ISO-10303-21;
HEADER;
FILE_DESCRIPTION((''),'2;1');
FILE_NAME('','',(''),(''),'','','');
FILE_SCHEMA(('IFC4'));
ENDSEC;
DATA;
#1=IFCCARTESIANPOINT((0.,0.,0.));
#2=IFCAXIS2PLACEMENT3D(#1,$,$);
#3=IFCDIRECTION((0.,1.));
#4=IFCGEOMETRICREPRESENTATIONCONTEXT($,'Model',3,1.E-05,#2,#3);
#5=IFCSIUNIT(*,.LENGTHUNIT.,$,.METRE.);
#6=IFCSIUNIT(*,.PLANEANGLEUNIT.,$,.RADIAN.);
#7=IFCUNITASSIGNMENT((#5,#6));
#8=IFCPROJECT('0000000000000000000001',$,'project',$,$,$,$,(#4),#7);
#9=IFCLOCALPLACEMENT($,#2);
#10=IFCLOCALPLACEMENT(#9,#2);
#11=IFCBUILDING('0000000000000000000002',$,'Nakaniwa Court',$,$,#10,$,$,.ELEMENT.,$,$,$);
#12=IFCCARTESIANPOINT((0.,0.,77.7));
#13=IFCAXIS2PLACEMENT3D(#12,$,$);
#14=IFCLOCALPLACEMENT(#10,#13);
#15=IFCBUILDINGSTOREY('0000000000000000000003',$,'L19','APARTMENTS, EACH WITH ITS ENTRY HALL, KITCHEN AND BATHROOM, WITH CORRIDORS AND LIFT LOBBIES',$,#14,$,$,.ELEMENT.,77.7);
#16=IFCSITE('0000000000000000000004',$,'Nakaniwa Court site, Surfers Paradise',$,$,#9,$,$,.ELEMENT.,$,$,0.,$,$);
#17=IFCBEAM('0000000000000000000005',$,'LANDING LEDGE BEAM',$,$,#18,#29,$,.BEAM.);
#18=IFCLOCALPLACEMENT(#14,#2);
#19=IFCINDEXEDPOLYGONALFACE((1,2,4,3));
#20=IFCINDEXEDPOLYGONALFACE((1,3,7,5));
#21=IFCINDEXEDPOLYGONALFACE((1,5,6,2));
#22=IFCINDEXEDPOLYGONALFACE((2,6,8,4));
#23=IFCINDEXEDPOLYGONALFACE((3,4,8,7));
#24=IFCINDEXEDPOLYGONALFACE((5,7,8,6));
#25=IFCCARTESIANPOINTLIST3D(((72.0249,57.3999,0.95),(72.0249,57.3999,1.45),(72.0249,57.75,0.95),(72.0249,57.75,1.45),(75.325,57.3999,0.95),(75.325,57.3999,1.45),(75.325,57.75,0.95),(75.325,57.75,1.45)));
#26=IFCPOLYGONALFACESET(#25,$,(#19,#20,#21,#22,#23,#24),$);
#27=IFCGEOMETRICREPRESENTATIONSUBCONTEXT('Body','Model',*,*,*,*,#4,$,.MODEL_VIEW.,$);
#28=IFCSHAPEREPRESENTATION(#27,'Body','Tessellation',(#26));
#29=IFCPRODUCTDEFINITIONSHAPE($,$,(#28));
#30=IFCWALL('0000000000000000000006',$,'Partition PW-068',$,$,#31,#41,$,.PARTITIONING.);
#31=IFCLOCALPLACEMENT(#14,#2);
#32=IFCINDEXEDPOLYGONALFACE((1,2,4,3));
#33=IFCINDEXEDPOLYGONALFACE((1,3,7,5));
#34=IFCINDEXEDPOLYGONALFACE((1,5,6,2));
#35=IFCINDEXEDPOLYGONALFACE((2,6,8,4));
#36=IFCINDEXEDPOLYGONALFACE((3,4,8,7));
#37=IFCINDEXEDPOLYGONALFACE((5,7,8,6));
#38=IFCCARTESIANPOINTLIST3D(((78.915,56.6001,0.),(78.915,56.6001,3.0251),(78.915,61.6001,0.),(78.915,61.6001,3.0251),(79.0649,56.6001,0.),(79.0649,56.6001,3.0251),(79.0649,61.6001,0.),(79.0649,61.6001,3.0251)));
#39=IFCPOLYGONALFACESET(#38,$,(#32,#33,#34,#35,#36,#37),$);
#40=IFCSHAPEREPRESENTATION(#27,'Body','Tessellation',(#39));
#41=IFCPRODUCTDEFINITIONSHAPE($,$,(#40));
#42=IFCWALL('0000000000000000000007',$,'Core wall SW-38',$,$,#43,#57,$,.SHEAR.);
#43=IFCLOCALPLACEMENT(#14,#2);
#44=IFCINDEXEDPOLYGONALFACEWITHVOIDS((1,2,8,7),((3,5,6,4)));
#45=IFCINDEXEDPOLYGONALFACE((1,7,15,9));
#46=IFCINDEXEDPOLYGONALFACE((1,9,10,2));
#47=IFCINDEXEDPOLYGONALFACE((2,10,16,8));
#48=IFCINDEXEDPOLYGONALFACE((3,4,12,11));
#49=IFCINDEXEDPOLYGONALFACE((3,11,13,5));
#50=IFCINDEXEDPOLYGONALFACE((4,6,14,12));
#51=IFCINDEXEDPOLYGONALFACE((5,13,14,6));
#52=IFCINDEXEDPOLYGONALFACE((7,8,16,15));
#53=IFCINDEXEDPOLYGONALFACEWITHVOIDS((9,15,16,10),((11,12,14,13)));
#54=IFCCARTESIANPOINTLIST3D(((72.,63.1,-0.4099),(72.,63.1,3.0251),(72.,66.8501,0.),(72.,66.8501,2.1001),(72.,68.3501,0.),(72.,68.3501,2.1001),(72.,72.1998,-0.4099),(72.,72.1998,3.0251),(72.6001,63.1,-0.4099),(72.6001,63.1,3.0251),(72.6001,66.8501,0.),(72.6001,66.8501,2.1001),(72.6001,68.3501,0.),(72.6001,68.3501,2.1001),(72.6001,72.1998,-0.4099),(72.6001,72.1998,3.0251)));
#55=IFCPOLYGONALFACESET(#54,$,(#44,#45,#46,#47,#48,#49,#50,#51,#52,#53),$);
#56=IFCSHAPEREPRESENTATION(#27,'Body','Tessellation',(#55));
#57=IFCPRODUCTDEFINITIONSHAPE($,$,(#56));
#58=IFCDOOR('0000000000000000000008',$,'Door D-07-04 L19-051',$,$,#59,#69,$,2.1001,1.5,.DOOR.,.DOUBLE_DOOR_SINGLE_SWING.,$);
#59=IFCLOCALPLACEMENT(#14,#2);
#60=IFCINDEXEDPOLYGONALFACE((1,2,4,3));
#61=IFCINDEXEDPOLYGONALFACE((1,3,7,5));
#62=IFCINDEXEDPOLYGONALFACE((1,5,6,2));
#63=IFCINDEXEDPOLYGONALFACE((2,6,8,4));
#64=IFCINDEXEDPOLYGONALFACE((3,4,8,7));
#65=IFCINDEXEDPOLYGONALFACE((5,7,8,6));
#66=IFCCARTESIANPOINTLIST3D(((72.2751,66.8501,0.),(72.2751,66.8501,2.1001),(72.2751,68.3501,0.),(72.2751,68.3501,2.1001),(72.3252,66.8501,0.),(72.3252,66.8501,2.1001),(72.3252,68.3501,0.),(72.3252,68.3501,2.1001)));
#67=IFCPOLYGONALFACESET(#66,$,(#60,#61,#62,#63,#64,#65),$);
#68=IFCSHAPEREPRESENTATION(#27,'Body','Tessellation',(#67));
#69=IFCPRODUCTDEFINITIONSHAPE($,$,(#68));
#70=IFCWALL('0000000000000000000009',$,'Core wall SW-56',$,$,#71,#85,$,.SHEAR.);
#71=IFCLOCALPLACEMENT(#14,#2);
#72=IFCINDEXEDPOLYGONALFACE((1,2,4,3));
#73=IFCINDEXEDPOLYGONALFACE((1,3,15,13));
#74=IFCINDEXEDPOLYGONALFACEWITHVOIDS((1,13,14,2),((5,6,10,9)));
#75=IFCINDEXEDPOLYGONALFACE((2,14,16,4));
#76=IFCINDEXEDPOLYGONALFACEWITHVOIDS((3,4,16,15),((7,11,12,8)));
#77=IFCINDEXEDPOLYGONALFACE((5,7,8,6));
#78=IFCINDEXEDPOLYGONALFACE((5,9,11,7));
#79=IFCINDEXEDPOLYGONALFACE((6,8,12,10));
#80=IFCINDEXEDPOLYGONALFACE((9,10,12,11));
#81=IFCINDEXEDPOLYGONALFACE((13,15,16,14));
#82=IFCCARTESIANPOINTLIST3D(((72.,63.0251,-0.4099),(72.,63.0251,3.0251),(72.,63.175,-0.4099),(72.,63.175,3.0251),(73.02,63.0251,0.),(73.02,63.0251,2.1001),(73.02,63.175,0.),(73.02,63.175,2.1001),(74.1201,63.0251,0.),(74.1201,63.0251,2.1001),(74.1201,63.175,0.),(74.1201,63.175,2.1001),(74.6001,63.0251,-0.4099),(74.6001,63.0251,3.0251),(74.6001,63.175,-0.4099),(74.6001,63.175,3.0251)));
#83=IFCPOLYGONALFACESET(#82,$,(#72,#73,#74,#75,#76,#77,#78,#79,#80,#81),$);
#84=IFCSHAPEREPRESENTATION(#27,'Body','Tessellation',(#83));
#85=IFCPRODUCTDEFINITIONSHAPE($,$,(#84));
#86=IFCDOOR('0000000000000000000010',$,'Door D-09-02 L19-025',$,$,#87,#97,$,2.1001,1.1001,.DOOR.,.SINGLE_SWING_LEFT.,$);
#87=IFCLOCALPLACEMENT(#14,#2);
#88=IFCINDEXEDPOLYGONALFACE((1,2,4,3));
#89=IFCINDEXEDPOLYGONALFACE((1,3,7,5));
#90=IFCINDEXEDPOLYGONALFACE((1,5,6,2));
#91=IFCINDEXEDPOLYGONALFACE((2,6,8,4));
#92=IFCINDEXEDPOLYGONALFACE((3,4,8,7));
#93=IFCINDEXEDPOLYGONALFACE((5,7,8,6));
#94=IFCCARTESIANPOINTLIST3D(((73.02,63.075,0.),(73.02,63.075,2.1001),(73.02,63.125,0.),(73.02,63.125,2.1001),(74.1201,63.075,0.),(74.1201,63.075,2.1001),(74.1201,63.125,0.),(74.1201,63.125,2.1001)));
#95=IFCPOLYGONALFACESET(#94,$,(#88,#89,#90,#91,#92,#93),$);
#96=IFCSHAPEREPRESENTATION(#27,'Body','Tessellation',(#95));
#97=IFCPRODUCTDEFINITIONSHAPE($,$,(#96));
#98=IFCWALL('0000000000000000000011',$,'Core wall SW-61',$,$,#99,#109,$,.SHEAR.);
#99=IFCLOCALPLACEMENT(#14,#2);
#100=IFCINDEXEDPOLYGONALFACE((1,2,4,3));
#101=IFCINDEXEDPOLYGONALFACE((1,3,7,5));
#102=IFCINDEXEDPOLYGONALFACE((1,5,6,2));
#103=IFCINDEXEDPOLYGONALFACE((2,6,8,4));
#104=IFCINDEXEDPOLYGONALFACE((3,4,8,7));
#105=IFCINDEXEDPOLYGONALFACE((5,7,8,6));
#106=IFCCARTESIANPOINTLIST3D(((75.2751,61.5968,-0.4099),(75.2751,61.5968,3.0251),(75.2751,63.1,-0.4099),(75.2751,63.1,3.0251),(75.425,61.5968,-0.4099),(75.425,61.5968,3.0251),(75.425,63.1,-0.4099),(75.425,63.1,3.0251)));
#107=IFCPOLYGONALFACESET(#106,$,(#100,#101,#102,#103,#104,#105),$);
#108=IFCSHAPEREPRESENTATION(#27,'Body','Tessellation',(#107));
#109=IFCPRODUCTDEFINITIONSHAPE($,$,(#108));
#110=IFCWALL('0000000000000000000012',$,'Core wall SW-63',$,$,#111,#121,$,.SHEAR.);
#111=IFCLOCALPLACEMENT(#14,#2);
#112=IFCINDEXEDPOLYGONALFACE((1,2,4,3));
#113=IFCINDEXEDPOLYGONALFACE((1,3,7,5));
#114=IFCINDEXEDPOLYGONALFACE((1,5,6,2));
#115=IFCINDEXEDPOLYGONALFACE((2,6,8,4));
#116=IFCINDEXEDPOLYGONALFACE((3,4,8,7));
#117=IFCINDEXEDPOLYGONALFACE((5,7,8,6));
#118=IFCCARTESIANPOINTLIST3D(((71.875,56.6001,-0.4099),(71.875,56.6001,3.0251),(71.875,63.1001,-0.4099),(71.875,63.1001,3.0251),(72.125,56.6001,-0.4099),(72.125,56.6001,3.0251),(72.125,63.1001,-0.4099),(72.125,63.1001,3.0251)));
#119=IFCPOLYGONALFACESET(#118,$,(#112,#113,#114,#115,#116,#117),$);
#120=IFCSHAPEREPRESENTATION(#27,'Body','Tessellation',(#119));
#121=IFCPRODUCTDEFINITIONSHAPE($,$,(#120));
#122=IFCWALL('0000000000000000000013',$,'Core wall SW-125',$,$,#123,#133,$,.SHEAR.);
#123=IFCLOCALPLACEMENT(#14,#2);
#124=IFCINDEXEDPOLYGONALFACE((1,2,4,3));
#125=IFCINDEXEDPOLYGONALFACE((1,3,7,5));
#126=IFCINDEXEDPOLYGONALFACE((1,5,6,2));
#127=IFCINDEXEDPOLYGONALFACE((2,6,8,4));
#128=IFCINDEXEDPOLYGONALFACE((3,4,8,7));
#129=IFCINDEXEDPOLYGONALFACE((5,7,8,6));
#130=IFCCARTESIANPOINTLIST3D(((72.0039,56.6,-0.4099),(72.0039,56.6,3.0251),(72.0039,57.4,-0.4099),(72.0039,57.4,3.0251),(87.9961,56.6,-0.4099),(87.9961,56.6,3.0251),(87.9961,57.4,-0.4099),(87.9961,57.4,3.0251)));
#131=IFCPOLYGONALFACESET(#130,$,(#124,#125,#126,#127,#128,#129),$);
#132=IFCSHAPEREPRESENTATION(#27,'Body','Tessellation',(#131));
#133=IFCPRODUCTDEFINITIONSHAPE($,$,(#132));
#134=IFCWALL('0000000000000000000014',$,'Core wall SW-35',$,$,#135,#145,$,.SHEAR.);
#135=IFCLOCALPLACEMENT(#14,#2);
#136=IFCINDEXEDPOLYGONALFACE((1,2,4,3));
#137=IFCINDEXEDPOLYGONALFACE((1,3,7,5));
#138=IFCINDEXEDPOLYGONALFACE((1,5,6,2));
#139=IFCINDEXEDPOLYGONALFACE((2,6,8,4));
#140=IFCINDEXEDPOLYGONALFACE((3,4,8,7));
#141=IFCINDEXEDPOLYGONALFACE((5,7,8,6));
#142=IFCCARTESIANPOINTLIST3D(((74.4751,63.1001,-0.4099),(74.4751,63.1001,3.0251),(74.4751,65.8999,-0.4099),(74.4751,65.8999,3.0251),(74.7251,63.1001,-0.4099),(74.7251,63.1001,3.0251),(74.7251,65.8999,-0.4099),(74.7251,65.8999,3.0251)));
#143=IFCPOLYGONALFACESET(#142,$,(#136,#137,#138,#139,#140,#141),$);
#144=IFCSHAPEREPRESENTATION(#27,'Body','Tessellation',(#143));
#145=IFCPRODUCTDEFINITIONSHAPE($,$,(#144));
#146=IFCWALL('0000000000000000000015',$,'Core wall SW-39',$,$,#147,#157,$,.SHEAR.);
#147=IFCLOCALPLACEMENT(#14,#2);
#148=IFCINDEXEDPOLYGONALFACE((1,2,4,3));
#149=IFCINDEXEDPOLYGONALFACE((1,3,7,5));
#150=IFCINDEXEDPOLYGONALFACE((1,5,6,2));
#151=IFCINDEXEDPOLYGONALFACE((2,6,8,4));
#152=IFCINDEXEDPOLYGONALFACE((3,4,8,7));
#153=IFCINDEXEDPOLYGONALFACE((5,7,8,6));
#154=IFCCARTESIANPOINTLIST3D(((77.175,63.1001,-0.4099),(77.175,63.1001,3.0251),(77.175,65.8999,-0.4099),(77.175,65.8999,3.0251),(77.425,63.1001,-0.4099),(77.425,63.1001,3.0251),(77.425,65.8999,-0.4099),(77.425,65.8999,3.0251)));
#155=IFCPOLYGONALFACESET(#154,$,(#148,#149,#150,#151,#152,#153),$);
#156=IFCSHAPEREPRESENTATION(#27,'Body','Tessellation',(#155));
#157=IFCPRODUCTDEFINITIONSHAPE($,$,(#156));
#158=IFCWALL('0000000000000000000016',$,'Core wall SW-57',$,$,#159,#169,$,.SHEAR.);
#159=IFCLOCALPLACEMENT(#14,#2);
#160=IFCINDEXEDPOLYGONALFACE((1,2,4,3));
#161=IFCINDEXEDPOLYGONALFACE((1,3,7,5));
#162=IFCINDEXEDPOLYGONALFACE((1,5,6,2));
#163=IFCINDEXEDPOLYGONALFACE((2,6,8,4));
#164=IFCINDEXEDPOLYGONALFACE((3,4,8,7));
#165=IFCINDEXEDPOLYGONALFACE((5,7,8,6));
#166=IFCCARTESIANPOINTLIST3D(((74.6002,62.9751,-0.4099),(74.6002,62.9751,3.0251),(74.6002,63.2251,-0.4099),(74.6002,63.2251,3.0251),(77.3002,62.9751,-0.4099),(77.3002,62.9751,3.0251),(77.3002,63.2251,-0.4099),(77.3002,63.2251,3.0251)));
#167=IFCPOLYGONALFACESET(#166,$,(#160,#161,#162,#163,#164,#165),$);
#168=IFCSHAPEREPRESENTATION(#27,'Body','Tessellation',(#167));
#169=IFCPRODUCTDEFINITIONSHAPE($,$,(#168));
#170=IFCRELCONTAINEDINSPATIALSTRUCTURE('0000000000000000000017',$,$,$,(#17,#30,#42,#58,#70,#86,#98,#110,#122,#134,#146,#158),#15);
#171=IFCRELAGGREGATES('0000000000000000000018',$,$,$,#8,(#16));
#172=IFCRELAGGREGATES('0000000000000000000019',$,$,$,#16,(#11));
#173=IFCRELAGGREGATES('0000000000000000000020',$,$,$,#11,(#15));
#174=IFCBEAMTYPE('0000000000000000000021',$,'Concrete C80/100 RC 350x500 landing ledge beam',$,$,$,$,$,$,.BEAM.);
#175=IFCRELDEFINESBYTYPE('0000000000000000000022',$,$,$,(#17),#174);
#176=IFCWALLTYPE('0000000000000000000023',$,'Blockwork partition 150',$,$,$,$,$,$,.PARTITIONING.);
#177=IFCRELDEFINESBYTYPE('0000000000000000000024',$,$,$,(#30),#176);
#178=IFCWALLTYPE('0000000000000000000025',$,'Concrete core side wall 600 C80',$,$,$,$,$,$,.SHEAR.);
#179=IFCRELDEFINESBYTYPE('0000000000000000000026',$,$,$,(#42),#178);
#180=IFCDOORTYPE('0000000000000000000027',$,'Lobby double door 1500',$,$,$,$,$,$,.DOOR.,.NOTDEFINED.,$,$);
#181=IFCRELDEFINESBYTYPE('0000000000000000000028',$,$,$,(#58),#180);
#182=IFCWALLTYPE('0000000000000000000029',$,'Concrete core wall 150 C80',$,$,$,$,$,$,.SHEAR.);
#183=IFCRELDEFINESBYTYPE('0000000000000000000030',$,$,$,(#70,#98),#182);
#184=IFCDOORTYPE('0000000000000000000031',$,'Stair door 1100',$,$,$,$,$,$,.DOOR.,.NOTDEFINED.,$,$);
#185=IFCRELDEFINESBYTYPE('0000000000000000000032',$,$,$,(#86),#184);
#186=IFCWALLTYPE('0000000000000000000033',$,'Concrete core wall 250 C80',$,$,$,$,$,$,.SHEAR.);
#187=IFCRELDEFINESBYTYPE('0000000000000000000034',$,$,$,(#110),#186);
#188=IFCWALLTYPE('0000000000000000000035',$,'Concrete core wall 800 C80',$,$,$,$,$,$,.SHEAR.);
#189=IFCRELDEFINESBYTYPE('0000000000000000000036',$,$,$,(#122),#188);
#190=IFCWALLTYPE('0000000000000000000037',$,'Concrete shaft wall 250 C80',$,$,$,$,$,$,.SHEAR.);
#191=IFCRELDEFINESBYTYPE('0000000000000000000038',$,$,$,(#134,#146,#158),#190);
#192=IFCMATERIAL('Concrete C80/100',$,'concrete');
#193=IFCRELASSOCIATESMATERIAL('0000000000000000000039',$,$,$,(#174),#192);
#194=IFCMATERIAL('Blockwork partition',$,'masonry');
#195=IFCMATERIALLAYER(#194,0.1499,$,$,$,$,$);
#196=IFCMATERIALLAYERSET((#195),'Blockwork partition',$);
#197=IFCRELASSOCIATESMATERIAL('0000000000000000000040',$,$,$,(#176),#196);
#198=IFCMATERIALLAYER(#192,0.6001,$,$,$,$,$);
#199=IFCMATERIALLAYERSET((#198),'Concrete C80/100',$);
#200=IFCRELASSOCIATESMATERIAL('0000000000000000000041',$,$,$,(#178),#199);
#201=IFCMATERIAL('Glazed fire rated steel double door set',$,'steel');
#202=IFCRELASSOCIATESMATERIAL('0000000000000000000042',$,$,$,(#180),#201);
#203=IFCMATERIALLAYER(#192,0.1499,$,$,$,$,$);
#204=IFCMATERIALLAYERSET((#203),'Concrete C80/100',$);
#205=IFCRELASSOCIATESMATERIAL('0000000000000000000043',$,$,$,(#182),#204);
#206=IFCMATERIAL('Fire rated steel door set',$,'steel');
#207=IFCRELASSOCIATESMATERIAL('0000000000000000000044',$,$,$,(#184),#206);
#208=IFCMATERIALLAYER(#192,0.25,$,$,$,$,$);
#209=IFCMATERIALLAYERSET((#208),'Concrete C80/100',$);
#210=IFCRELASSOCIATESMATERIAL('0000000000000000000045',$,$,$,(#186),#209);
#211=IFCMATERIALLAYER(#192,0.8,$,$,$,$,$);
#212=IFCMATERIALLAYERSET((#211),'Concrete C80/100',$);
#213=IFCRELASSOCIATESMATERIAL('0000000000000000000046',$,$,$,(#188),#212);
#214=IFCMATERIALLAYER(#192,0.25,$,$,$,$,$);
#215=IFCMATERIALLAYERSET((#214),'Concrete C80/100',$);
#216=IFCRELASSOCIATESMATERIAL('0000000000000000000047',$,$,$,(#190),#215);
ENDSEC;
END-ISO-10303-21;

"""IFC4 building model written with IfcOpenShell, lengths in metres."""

from ifc_helpers import new_model, si_unit, direction, frame, frame_2d, origin, origin_2d, place, context, subcontext, project, spatial, rectangle, extrude, material, layer, layer_set, material_profile, profile_set, type_object, element, fill, save


model = new_model("IFC4")

# Units and contexts
model_context = context("Model", 3, precision=1e-05, world=origin(), true_north=direction((0.0, 1.0)))
body_context = subcontext(model_context, "Body", "Model", "MODEL_VIEW")
ifc_project = project(units=[si_unit("LENGTHUNIT", "METRE"), si_unit("PLANEANGLEUNIT", "RADIAN")], contexts=[model_context])

# Site, building, storey
site_placement = place(None, origin())
site = spatial("IfcSite", under=ifc_project, at=site_placement, Name="Nakaniwa Court site, Surfers Paradise", CompositionType="ELEMENT", RefElevation=0.0)
building_placement = place(site_placement, origin())
building = spatial("IfcBuilding", under=site, at=building_placement, Name="Nakaniwa Court", CompositionType="ELEMENT")
storey_placement = place(building_placement, frame((0.0, 0.0, 77.7)))
storey = spatial("IfcBuildingStorey", under=building, at=storey_placement, Name="L19", Description="APARTMENTS, EACH WITH ITS ENTRY HALL, KITCHEN AND BATHROOM, WITH CORRIDORS AND LIFT LOBBIES", CompositionType="ELEMENT", Elevation=77.7)

# Beam
ifc_material_1 = material(Name="Concrete C80/100", Category="concrete")
ifc_material_profile = material_profile(ifc_material_1, rectangle(XDim=0.3501, YDim=0.5, at=origin_2d()), Name="Concrete C80/100 RC 350x500 landing ledge beam")
ifc_profile_set = profile_set([ifc_material_profile], Name="Concrete C80/100")
beam_type = type_object("IfcBeamType", Name="Concrete C80/100 RC 350x500 landing ledge beam", PredefinedType="BEAM", material=ifc_profile_set)
beam_placement = place(storey_placement, frame((72.0249, 57.575, 1.2), z_axis=(1.0, 0.0, 0.0), x_axis=(0.0, 1.0, 0.0)))
element("IfcBeam", 1, at=beam_placement, inside=storey, type_object=beam_type, Name="LANDING LEDGE BEAM", PredefinedType="BEAM", context=body_context, shape_type="SweptSolid", body=[
    extrude(rectangle(XDim=0.3501, YDim=0.5, at=origin_2d()), origin(), (0.0, 0.0, 1.0), 3.3),
])

# Wall
ifc_material_2 = material(Name="Blockwork partition", Category="masonry")
ifc_layer_1 = layer(ifc_material_2, 0.1499)
ifc_layer_set_1 = layer_set([ifc_layer_1], Name="Blockwork partition")
wall_type_1 = type_object("IfcWallType", Name="Blockwork partition 150", PredefinedType="PARTITIONING", material=ifc_layer_set_1)
wall_1_placement = place(storey_placement, frame((78.99, 56.6001, 0.0), z_axis=(0.0, 0.0, 1.0), x_axis=(0.0, 1.0, 0.0)))
element("IfcWall", 2, at=wall_1_placement, inside=storey, type_object=wall_type_1, Name="Partition PW-068", PredefinedType="PARTITIONING", context=body_context, shape_type="SweptSolid", body=[
    extrude(rectangle(XDim=5.0, YDim=0.1499, at=frame_2d((2.5, 0.0))), origin(), (0.0, 0.0, 1.0), 3.0251),
])

# Walls, openings, doors
ifc_layer_2 = layer(ifc_material_1, 0.6001)
ifc_layer_set_2 = layer_set([ifc_layer_2], Name="Concrete C80/100")
wall_type_2 = type_object("IfcWallType", Name="Concrete core side wall 600 C80", PredefinedType="SHEAR", material=ifc_layer_set_2)
wall_2_placement = place(storey_placement, frame((72.3, 63.1001, -0.4099), z_axis=(0.0, 0.0, 1.0), x_axis=(0.0, 1.0, 0.0)))
wall_2 = element("IfcWall", 3, at=wall_2_placement, inside=storey, type_object=wall_type_2, Name="Core wall SW-38", PredefinedType="SHEAR", context=body_context, shape_type="SweptSolid", body=[
    extrude(rectangle(XDim=9.0999, YDim=0.6001, at=frame_2d((4.5498, 0.0))), origin(), (0.0, 0.0, 1.0), 3.4351),
])
opening_1_placement = place(wall_2_placement, frame((3.75, 0.0, 0.4099)))
opening_1 = element("IfcOpeningElement", 4, at=opening_1_placement, cuts=wall_2, PredefinedType="OPENING", context=body_context, shape_type="SweptSolid", body=[
    extrude(rectangle(XDim=1.5, YDim=2.1001, at=frame_2d((0.75, 1.05))), frame((0.0, 0.3101, 0.0), z_axis=(0.0, -1.0, 0.0), x_axis=(1.0, 0.0, 0.0)), (0.0, 0.0, 1.0), 0.6201),
])
ifc_material_3 = material(Name="Glazed fire rated steel double door set", Category="steel")
door_type_1 = type_object("IfcDoorType", Name="Lobby double door 1500", OperationType="NOTDEFINED", PredefinedType="DOOR", material=ifc_material_3)
door_1_placement = place(opening_1_placement, origin())
door_1 = element("IfcDoor", 5, at=door_1_placement, inside=storey, type_object=door_type_1, Name="Door D-07-04 L19-051", OperationType="DOUBLE_DOOR_SINGLE_SWING", OverallHeight=2.1001, OverallWidth=1.5, PredefinedType="DOOR", context=body_context, shape_type="SweptSolid", body=[
    extrude(rectangle(XDim=1.5, YDim=2.1001, at=frame_2d((0.75, 1.05))), frame((0.0, 0.0249, 0.0), z_axis=(0.0, -1.0, 0.0), x_axis=(1.0, 0.0, 0.0)), (0.0, 0.0, 1.0), 0.05),
])
fill(opening_1, door_1)
ifc_layer_3 = layer(ifc_material_1, 0.1499)
ifc_layer_set_3 = layer_set([ifc_layer_3], Name="Concrete C80/100")
wall_type_3 = type_object("IfcWallType", Name="Concrete core wall 150 C80", PredefinedType="SHEAR", material=ifc_layer_set_3)
wall_3_placement = place(storey_placement, frame((72.0, 63.1001, -0.4099), z_axis=(0.0, 0.0, 1.0), x_axis=(1.0, 0.0, 0.0)))
wall_3 = element("IfcWall", 6, at=wall_3_placement, inside=storey, type_object=wall_type_3, Name="Core wall SW-56", PredefinedType="SHEAR", context=body_context, shape_type="SweptSolid", body=[
    extrude(rectangle(XDim=2.6001, YDim=0.1499, at=frame_2d((1.3, 0.0))), origin(), (0.0, 0.0, 1.0), 3.4351),
])
opening_2_placement = place(wall_3_placement, frame((1.02, 0.0, 0.4099)))
opening_2 = element("IfcOpeningElement", 7, at=opening_2_placement, cuts=wall_3, PredefinedType="OPENING", context=body_context, shape_type="SweptSolid", body=[
    extrude(rectangle(XDim=1.1001, YDim=2.1001, at=frame_2d((0.55, 1.05))), frame((0.0, 0.085, 0.0), z_axis=(0.0, -1.0, 0.0), x_axis=(1.0, 0.0, 0.0)), (0.0, 0.0, 1.0), 0.1699),
])
ifc_material_4 = material(Name="Fire rated steel door set", Category="steel")
door_type_2 = type_object("IfcDoorType", Name="Stair door 1100", OperationType="NOTDEFINED", PredefinedType="DOOR", material=ifc_material_4)
door_2_placement = place(opening_2_placement, origin())
door_2 = element("IfcDoor", 8, at=door_2_placement, inside=storey, type_object=door_type_2, Name="Door D-09-02 L19-025", OperationType="SINGLE_SWING_LEFT", OverallHeight=2.1001, OverallWidth=1.1001, PredefinedType="DOOR", context=body_context, shape_type="SweptSolid", body=[
    extrude(rectangle(XDim=1.1001, YDim=2.1001, at=frame_2d((0.55, 1.05))), frame((0.0, 0.0249, 0.0), z_axis=(0.0, -1.0, 0.0), x_axis=(1.0, 0.0, 0.0)), (0.0, 0.0, 1.0), 0.05),
])
fill(opening_2, door_2)

# Walls
wall_4_placement = place(storey_placement, frame((75.3501, 61.5969, -0.4099), z_axis=(0.0, 0.0, 1.0), x_axis=(0.0, 1.0, 0.0)))
element("IfcWall", 9, at=wall_4_placement, inside=storey, type_object=wall_type_3, Name="Core wall SW-61", PredefinedType="SHEAR", context=body_context, shape_type="SweptSolid", body=[
    extrude(rectangle(XDim=1.5032, YDim=0.1499, at=frame_2d((0.7515, 0.0))), origin(), (0.0, 0.0, 1.0), 3.4351),
])
ifc_layer_4 = layer(ifc_material_1, 0.25)
ifc_layer_set_4 = layer_set([ifc_layer_4], Name="Concrete C80/100")
wall_type_4 = type_object("IfcWallType", Name="Concrete core wall 250 C80", PredefinedType="SHEAR", material=ifc_layer_set_4)
wall_5_placement = place(storey_placement, frame((72.0, 56.6001, -0.4099), z_axis=(0.0, 0.0, 1.0), x_axis=(0.0, 1.0, 0.0)))
element("IfcWall", 10, at=wall_5_placement, inside=storey, type_object=wall_type_4, Name="Core wall SW-63", PredefinedType="SHEAR", context=body_context, shape_type="SweptSolid", body=[
    extrude(rectangle(XDim=6.5, YDim=0.25, at=frame_2d((3.25, 0.0))), origin(), (0.0, 0.0, 1.0), 3.4351),
])
ifc_layer_5 = layer(ifc_material_1, 0.8)
ifc_layer_set_5 = layer_set([ifc_layer_5], Name="Concrete C80/100")
wall_type_5 = type_object("IfcWallType", Name="Concrete core wall 800 C80", PredefinedType="SHEAR", material=ifc_layer_set_5)
wall_6_placement = place(storey_placement, frame((72.0039, 57.0, -0.4099), z_axis=(0.0, 0.0, 1.0), x_axis=(1.0, 0.0, 0.0)))
element("IfcWall", 11, at=wall_6_placement, inside=storey, type_object=wall_type_5, Name="Core wall SW-125", PredefinedType="SHEAR", context=body_context, shape_type="SweptSolid", body=[
    extrude(rectangle(XDim=15.9922, YDim=0.8, at=frame_2d((7.9961, 0.0))), origin(), (0.0, 0.0, 1.0), 3.4351),
])
ifc_layer_6 = layer(ifc_material_1, 0.25)
ifc_layer_set_6 = layer_set([ifc_layer_6], Name="Concrete C80/100")
wall_type_6 = type_object("IfcWallType", Name="Concrete shaft wall 250 C80", PredefinedType="SHEAR", material=ifc_layer_set_6)
for number, where, z_axis, x_axis, name in (
    (12, (74.6001, 63.1001, -0.4099), (0.0, 0.0, 1.0), (0.0, 1.0, 0.0), "Core wall SW-35"),
    (13, (77.3, 63.1001, -0.4099), (0.0, 0.0, 1.0), (0.0, 1.0, 0.0), "Core wall SW-39"),
):
    element("IfcWall", number, at=place(storey_placement, frame(where, z_axis=z_axis, x_axis=x_axis)), inside=storey, type_object=wall_type_6, Name=name, PredefinedType="SHEAR", context=body_context, shape_type="SweptSolid", body=[
        extrude(rectangle(XDim=2.7998, YDim=0.25, at=frame_2d((1.3999, 0.0))), origin(), (0.0, 0.0, 1.0), 3.4351),
    ])
wall_7_placement = place(storey_placement, frame((74.6001, 63.1001, -0.4099), z_axis=(0.0, 0.0, 1.0), x_axis=(1.0, 0.0, 0.0)))
element("IfcWall", 14, at=wall_7_placement, inside=storey, type_object=wall_type_6, Name="Core wall SW-57", PredefinedType="SHEAR", context=body_context, shape_type="SweptSolid", body=[
    extrude(rectangle(XDim=2.7, YDim=0.25, at=frame_2d((1.3501, 0.0))), origin(), (0.0, 0.0, 1.0), 3.4351),
])

save(model, "model.ifc")
